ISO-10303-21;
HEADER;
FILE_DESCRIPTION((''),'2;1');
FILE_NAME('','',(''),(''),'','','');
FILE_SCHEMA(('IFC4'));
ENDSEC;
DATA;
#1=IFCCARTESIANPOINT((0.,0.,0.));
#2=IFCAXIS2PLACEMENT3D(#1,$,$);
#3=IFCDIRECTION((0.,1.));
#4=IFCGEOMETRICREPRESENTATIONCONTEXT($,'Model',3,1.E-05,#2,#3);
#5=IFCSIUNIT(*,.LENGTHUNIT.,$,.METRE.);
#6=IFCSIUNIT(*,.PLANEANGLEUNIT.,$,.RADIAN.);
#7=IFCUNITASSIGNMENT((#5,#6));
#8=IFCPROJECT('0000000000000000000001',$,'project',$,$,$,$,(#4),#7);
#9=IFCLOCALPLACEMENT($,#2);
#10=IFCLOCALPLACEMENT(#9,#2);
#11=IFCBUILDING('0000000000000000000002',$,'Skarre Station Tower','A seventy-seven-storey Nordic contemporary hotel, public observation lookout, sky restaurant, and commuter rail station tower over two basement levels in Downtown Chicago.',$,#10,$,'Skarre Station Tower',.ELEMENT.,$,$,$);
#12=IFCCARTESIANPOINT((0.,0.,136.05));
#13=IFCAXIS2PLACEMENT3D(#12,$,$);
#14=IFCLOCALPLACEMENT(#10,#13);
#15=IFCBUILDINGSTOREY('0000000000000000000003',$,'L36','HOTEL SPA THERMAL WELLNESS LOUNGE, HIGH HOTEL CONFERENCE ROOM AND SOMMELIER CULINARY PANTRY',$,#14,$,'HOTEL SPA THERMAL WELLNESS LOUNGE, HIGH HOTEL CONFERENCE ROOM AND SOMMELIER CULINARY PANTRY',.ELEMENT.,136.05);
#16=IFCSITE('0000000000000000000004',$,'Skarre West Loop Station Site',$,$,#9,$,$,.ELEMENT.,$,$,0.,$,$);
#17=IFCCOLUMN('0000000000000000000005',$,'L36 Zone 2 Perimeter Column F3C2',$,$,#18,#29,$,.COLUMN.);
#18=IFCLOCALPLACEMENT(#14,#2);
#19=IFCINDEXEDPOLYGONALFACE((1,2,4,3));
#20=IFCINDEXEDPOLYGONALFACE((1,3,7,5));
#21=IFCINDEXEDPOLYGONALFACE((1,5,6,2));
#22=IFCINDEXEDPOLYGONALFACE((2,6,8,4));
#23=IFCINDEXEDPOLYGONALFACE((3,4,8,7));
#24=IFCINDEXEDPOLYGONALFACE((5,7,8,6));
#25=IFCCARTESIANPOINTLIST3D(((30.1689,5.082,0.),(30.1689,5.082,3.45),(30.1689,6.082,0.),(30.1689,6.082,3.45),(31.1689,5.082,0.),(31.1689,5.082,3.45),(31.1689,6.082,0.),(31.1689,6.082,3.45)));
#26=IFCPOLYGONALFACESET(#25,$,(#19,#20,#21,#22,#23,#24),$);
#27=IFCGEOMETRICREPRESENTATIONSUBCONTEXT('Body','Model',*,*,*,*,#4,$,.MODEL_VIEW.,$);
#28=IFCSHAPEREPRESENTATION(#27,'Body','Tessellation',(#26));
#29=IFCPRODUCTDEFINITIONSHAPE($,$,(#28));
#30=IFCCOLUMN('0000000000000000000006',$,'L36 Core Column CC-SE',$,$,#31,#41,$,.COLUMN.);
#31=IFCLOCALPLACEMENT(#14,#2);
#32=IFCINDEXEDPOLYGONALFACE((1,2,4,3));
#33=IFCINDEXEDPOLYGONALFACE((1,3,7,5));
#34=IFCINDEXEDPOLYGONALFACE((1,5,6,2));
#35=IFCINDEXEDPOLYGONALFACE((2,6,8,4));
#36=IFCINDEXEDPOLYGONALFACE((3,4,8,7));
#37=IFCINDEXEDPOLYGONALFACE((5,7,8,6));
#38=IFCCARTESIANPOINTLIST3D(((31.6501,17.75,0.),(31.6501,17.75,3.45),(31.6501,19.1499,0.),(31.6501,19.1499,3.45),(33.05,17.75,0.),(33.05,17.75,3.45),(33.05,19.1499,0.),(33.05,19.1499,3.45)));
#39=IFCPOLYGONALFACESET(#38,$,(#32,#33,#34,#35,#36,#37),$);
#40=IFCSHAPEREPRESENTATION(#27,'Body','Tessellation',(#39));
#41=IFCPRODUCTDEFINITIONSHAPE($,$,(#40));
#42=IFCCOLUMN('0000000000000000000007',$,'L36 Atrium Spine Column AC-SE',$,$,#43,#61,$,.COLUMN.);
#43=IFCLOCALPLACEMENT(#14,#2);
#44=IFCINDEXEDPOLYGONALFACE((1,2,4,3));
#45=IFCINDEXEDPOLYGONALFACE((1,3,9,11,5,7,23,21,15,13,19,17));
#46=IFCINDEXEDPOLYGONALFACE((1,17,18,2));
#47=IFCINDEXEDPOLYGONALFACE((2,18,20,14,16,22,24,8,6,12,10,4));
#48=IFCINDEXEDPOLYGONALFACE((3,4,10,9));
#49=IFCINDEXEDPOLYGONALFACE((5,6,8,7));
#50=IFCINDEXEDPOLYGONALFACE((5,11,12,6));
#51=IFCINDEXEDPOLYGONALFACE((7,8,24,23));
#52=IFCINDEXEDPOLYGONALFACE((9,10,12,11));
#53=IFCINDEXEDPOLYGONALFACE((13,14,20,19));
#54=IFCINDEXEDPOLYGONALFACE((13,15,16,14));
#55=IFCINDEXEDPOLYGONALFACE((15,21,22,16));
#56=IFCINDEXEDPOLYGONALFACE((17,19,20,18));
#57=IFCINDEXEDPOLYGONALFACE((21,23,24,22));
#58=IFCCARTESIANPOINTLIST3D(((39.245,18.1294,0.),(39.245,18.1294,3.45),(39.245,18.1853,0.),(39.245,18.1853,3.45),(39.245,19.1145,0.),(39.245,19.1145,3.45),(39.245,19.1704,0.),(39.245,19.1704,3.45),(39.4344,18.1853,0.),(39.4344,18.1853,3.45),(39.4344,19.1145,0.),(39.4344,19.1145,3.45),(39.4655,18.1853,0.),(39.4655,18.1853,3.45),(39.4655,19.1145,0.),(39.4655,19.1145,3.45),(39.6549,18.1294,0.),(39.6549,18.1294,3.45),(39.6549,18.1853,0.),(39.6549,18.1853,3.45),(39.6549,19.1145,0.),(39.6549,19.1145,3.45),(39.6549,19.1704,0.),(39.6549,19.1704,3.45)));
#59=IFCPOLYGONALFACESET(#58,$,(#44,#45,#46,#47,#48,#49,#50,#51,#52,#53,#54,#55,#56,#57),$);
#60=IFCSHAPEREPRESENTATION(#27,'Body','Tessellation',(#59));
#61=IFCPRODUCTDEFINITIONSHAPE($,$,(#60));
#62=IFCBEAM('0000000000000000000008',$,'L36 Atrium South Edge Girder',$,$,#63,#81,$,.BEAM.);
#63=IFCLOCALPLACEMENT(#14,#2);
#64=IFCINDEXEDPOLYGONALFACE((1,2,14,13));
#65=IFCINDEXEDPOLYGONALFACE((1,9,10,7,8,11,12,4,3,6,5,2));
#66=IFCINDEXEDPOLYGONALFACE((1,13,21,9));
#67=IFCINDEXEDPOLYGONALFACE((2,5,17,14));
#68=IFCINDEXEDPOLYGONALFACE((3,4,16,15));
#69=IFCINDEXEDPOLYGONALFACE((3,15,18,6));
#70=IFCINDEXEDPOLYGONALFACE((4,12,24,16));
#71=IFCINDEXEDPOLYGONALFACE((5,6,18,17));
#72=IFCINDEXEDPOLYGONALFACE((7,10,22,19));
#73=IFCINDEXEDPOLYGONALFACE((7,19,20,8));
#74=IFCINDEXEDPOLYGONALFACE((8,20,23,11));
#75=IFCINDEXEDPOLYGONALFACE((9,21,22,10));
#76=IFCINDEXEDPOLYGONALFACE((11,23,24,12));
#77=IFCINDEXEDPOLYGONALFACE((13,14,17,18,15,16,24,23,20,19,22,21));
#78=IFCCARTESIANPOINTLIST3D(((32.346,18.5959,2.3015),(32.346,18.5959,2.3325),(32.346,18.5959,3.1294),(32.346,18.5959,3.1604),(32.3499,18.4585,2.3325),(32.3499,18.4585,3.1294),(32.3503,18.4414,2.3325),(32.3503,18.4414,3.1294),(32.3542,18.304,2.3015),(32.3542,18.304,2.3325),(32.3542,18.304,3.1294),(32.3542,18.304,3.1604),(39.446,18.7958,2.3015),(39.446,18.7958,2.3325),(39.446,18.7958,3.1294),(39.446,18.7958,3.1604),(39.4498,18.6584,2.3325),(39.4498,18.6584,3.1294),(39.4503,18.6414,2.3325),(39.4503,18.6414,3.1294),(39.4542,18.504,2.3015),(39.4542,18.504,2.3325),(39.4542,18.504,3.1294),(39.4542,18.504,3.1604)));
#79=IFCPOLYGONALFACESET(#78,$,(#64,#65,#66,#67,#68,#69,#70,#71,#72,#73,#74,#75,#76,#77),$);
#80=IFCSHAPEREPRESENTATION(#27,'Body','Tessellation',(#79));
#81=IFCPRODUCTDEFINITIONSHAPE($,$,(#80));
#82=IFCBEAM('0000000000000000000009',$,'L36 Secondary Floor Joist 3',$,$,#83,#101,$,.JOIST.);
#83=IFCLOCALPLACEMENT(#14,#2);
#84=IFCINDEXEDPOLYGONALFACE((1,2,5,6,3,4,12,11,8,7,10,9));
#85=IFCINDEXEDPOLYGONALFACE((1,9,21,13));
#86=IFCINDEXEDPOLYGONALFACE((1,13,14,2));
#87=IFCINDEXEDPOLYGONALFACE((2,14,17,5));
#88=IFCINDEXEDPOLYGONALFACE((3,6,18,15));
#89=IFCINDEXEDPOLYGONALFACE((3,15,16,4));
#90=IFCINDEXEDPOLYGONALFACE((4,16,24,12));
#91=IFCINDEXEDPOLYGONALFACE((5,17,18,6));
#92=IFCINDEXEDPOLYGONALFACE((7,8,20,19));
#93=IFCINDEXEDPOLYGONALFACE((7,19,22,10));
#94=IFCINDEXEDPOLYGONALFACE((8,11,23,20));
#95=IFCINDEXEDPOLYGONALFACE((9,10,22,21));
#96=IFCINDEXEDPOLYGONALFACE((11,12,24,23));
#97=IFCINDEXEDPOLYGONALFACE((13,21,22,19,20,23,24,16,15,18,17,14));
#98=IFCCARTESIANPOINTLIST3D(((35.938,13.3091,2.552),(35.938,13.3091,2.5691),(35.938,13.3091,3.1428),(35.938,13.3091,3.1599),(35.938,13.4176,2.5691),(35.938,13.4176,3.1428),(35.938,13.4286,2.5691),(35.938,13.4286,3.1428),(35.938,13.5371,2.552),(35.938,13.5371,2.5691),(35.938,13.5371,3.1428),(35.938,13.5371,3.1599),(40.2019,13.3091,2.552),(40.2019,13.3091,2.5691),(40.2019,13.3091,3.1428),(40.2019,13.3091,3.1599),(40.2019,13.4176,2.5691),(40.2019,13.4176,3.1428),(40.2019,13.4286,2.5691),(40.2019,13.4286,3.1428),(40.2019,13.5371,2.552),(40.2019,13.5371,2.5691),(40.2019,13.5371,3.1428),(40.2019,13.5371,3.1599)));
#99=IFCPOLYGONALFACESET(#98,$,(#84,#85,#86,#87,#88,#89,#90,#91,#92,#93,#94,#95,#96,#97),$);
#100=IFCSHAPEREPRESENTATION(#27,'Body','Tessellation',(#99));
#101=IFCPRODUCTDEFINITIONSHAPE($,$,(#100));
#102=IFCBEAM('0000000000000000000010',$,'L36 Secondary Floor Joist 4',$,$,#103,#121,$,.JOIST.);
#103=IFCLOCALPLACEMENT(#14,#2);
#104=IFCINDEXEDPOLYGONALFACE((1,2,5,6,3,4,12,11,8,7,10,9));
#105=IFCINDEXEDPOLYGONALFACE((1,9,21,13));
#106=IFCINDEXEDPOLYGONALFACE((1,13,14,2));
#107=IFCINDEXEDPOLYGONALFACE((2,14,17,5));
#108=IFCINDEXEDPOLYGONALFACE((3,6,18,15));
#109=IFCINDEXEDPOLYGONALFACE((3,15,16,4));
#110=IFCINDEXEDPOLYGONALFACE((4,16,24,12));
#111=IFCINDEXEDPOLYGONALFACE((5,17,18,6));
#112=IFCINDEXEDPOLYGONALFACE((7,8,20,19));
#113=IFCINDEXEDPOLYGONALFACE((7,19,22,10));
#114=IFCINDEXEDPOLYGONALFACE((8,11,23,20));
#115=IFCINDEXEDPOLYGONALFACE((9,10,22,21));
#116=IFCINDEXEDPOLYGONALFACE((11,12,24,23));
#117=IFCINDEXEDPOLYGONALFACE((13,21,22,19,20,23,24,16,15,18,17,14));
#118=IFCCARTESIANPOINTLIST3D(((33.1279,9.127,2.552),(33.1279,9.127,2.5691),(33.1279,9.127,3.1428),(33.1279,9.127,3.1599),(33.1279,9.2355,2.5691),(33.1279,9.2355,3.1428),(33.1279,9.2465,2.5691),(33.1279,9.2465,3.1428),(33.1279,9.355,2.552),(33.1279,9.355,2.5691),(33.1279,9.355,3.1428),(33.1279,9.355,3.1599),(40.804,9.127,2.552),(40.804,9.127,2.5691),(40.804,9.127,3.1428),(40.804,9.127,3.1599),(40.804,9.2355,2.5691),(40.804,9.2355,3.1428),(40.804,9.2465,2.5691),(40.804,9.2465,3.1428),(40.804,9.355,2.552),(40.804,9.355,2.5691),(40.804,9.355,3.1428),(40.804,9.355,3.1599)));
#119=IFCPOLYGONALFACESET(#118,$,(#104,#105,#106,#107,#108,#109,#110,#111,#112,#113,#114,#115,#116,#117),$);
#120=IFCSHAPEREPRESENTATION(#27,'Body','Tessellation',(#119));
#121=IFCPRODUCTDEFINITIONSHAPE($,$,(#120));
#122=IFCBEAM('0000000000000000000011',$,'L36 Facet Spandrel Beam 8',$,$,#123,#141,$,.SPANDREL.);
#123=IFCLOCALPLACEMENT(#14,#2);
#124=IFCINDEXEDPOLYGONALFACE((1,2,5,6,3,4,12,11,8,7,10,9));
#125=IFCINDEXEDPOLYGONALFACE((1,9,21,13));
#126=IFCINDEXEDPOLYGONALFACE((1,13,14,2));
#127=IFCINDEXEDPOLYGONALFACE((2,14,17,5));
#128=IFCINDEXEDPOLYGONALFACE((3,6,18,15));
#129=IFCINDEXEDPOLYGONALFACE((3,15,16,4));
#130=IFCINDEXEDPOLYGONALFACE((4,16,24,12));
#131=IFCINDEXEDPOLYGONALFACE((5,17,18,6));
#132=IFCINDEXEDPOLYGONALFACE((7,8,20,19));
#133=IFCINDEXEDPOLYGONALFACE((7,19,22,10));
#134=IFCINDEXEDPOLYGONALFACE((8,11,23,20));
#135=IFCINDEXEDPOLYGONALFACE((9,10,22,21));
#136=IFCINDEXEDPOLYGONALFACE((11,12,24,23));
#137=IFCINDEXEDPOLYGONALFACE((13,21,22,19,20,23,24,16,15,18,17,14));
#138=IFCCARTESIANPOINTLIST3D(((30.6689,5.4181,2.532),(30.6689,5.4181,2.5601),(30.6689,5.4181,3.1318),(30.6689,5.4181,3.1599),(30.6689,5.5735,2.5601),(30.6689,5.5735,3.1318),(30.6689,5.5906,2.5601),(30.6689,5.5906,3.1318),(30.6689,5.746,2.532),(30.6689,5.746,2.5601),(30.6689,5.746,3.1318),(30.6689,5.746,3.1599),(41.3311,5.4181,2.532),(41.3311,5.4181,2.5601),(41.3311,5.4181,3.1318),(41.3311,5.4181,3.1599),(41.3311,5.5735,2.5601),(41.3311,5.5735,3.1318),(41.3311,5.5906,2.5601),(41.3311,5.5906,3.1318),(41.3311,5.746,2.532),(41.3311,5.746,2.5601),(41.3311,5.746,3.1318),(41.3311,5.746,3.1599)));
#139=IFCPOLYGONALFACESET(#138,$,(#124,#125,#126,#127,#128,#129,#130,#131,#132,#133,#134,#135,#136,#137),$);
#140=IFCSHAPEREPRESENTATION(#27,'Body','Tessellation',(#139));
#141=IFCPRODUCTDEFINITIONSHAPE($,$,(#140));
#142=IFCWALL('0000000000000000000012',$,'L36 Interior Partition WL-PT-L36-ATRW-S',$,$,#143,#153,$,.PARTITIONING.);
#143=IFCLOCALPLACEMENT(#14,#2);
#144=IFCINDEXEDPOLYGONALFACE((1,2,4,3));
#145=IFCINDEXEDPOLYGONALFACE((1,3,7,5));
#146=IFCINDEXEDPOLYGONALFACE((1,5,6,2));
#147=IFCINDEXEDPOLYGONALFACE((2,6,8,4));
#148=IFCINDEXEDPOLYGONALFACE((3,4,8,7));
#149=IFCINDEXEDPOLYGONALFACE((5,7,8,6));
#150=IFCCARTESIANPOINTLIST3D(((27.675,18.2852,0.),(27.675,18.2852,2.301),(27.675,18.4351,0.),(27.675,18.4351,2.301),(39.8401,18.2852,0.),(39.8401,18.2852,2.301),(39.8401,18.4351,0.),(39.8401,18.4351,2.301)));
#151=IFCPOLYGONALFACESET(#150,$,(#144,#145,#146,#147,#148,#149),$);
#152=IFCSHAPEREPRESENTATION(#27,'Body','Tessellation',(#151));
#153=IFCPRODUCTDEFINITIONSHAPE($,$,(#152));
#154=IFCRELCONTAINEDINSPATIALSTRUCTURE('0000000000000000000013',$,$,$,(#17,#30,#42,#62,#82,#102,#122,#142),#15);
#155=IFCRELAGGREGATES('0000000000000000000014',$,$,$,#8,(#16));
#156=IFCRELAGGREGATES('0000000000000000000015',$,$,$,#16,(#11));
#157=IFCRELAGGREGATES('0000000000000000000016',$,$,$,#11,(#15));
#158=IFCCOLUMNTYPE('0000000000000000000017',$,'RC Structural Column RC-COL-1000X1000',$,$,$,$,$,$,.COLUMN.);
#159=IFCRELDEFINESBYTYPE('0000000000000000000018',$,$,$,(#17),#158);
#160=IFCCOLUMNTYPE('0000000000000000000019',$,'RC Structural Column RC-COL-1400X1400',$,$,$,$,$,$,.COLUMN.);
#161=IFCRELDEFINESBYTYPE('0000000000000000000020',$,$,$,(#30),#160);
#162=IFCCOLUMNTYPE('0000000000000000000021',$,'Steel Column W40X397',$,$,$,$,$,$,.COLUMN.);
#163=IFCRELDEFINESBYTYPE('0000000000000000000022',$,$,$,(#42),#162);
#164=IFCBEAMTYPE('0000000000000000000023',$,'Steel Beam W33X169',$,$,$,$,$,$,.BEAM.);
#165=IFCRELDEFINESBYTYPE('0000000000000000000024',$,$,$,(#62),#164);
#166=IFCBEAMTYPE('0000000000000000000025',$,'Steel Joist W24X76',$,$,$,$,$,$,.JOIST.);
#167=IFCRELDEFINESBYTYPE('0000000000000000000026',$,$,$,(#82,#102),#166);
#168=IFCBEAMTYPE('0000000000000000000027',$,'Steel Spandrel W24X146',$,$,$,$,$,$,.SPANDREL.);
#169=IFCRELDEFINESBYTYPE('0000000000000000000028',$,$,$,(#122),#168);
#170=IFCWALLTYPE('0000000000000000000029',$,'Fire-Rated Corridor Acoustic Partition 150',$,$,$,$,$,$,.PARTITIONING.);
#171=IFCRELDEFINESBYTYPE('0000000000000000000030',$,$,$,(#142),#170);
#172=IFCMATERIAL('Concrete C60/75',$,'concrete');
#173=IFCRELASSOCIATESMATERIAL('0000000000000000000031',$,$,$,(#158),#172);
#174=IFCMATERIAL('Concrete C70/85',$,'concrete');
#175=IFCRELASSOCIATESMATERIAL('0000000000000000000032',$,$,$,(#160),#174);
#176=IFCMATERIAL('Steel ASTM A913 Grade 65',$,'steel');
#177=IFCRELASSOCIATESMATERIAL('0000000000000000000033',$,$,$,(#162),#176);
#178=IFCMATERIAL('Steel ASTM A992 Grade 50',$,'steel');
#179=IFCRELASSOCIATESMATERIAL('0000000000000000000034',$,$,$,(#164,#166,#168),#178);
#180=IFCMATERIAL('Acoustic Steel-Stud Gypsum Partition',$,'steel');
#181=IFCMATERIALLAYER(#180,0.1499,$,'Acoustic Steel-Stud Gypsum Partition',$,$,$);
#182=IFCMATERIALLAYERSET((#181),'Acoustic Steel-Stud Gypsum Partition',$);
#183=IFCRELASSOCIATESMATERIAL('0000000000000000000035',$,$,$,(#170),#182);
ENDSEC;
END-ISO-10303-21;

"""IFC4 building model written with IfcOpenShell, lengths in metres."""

from ifc_helpers import new_model, si_unit, direction, frame, frame_2d, origin, origin_2d, place, context, subcontext, project, spatial, rectangle, i_section, extrude, material, layer, layer_set, material_profile, profile_set, type_object, element, save


model = new_model("IFC4")

# Units and contexts
model_context = context("Model", 3, precision=1e-05, world=origin(), true_north=direction((0.0, 1.0)))
body_context = subcontext(model_context, "Body", "Model", "MODEL_VIEW")
ifc_project = project(units=[si_unit("LENGTHUNIT", "METRE"), si_unit("PLANEANGLEUNIT", "RADIAN")], contexts=[model_context])

# Site, building, storey
site_placement = place(None, origin())
site = spatial("IfcSite", under=ifc_project, at=site_placement, Name="Skarre West Loop Station Site", CompositionType="ELEMENT", RefElevation=0.0)
building_placement = place(site_placement, origin())
building = spatial("IfcBuilding", under=site, at=building_placement, Name="Skarre Station Tower", Description="A seventy-seven-storey Nordic contemporary hotel, public observation lookout, sky restaurant, and commuter rail station tower over two basement levels in Downtown Chicago.", LongName="Skarre Station Tower", CompositionType="ELEMENT")
storey_placement = place(building_placement, frame((0.0, 0.0, 136.05)))
storey = spatial("IfcBuildingStorey", under=building, at=storey_placement, Name="L36", Description="HOTEL SPA THERMAL WELLNESS LOUNGE, HIGH HOTEL CONFERENCE ROOM AND SOMMELIER CULINARY PANTRY", LongName="HOTEL SPA THERMAL WELLNESS LOUNGE, HIGH HOTEL CONFERENCE ROOM AND SOMMELIER CULINARY PANTRY", CompositionType="ELEMENT", Elevation=136.05)

# Columns
ifc_material_1 = material(Name="Concrete C60/75", Category="concrete")
ifc_material_profile_1 = material_profile(ifc_material_1, rectangle(XDim=1.0, YDim=1.0, at=origin_2d()), Name="Concrete C60/75")
ifc_profile_set_1 = profile_set([ifc_material_profile_1], Name="Concrete C60/75")
column_type_1 = type_object("IfcColumnType", Name="RC Structural Column RC-COL-1000X1000", PredefinedType="COLUMN", material=ifc_profile_set_1)
column_1_placement = place(storey_placement, frame((30.6689, 5.582, 0.0), z_axis=(0.0, 0.0, 1.0), x_axis=(1.0, 0.0, 0.0)))
element("IfcColumn", 1, at=column_1_placement, inside=storey, type_object=column_type_1, Name="L36 Zone 2 Perimeter Column F3C2", PredefinedType="COLUMN", context=body_context, shape_type="SweptSolid", body=[
    extrude(rectangle(XDim=1.0, YDim=1.0, at=origin_2d()), origin(), (0.0, 0.0, 1.0), 3.45),
])
ifc_material_2 = material(Name="Concrete C70/85", Category="concrete")
ifc_material_profile_2 = material_profile(ifc_material_2, rectangle(XDim=1.3999, YDim=1.3999, at=origin_2d()), Name="Concrete C70/85")
ifc_profile_set_2 = profile_set([ifc_material_profile_2], Name="Concrete C70/85")
column_type_2 = type_object("IfcColumnType", Name="RC Structural Column RC-COL-1400X1400", PredefinedType="COLUMN", material=ifc_profile_set_2)
column_2_placement = place(storey_placement, frame((32.3501, 18.45, 0.0), z_axis=(0.0, 0.0, 1.0), x_axis=(1.0, 0.0, 0.0)))
element("IfcColumn", 2, at=column_2_placement, inside=storey, type_object=column_type_2, Name="L36 Core Column CC-SE", PredefinedType="COLUMN", context=body_context, shape_type="SweptSolid", body=[
    extrude(rectangle(XDim=1.3999, YDim=1.3999, at=origin_2d()), origin(), (0.0, 0.0, 1.0), 3.45),
])
ifc_material_3 = material(Name="Steel ASTM A913 Grade 65", Category="steel")
ifc_material_profile_3 = material_profile(ifc_material_3, i_section(OverallWidth=0.4099, OverallDepth=1.041, WebThickness=0.031, FlangeThickness=0.0559, at=origin_2d()), Name="Steel ASTM A913 Grade 65")
ifc_profile_set_3 = profile_set([ifc_material_profile_3], Name="Steel ASTM A913 Grade 65")
column_type_3 = type_object("IfcColumnType", Name="Steel Column W40X397", PredefinedType="COLUMN", material=ifc_profile_set_3)
column_3_placement = place(storey_placement, frame((39.45, 18.6499, 0.0), z_axis=(0.0, 0.0, 1.0), x_axis=(1.0, 0.0, 0.0)))
element("IfcColumn", 3, at=column_3_placement, inside=storey, type_object=column_type_3, Name="L36 Atrium Spine Column AC-SE", PredefinedType="COLUMN", context=body_context, shape_type="SweptSolid", body=[
    extrude(i_section(OverallWidth=0.4099, OverallDepth=1.041, WebThickness=0.031, FlangeThickness=0.0559, at=origin_2d()), origin(), (0.0, 0.0, 1.0), 3.45),
])

# Beams
ifc_material_4 = material(Name="Steel ASTM A992 Grade 50", Category="steel")
ifc_material_profile_4 = material_profile(ifc_material_4, i_section(OverallWidth=0.292, OverallDepth=0.8589, WebThickness=0.0171, FlangeThickness=0.031, at=origin_2d()), Name="Steel ASTM A992 Grade 50")
ifc_profile_set_4 = profile_set([ifc_material_profile_4], Name="Steel ASTM A992 Grade 50")
beam_type_1 = type_object("IfcBeamType", Name="Steel Beam W33X169", PredefinedType="BEAM", material=ifc_profile_set_4)
beam_1_placement = place(storey_placement, frame((32.3501, 18.45, 2.731), z_axis=(0.999604, 0.028152, 0.0), x_axis=(-0.028152, 0.999604, 0.0)))
element("IfcBeam", 4, at=beam_1_placement, inside=storey, type_object=beam_type_1, Name="L36 Atrium South Edge Girder", PredefinedType="BEAM", context=body_context, shape_type="SweptSolid", body=[
    extrude(i_section(OverallWidth=0.292, OverallDepth=0.8589, WebThickness=0.0171, FlangeThickness=0.031, at=origin_2d()), origin(), (0.0, 0.0, 1.0), 7.1028),
])
ifc_material_profile_5 = material_profile(ifc_material_4, i_section(OverallWidth=0.228, OverallDepth=0.6079, WebThickness=0.011, FlangeThickness=0.0171, at=origin_2d()), Name="Steel ASTM A992 Grade 50")
ifc_profile_set_5 = profile_set([ifc_material_profile_5], Name="Steel ASTM A992 Grade 50")
beam_type_2 = type_object("IfcBeamType", Name="Steel Joist W24X76", PredefinedType="JOIST", material=ifc_profile_set_5)
beam_2_placement = place(storey_placement, frame((35.938, 13.4231, 2.856), z_axis=(1.0, 0.0, 0.0), x_axis=(0.0, 1.0, 0.0)))
element("IfcBeam", 5, at=beam_2_placement, inside=storey, type_object=beam_type_2, Name="L36 Secondary Floor Joist 3", PredefinedType="JOIST", context=body_context, shape_type="SweptSolid", body=[
    extrude(i_section(OverallWidth=0.228, OverallDepth=0.6079, WebThickness=0.011, FlangeThickness=0.0171, at=origin_2d()), origin(), (0.0, 0.0, 1.0), 4.2639),
])
beam_3_placement = place(storey_placement, frame((33.1279, 9.241, 2.856), z_axis=(1.0, 0.0, 0.0), x_axis=(0.0, 1.0, 0.0)))
element("IfcBeam", 6, at=beam_3_placement, inside=storey, type_object=beam_type_2, Name="L36 Secondary Floor Joist 4", PredefinedType="JOIST", context=body_context, shape_type="SweptSolid", body=[
    extrude(i_section(OverallWidth=0.228, OverallDepth=0.6079, WebThickness=0.011, FlangeThickness=0.0171, at=origin_2d()), origin(), (0.0, 0.0, 1.0), 7.676),
])
ifc_material_profile_6 = material_profile(ifc_material_4, i_section(OverallWidth=0.3279, OverallDepth=0.6279, WebThickness=0.0171, FlangeThickness=0.0281, at=origin_2d()), Name="Steel ASTM A992 Grade 50")
ifc_profile_set_6 = profile_set([ifc_material_profile_6], Name="Steel ASTM A992 Grade 50")
beam_type_3 = type_object("IfcBeamType", Name="Steel Spandrel W24X146", PredefinedType="SPANDREL", material=ifc_profile_set_6)
beam_4_placement = place(storey_placement, frame((30.6689, 5.582, 2.8459), z_axis=(1.0, 0.0, 0.0), x_axis=(0.0, 1.0, 0.0)))
element("IfcBeam", 7, at=beam_4_placement, inside=storey, type_object=beam_type_3, Name="L36 Facet Spandrel Beam 8", PredefinedType="SPANDREL", context=body_context, shape_type="SweptSolid", body=[
    extrude(i_section(OverallWidth=0.3279, OverallDepth=0.6279, WebThickness=0.0171, FlangeThickness=0.0281, at=origin_2d()), origin(), (0.0, 0.0, 1.0), 10.6621),
])

# Wall
ifc_material_5 = material(Name="Acoustic Steel-Stud Gypsum Partition", Category="steel")
ifc_layer_1 = layer(ifc_material_5, 0.1499, Name="Acoustic Steel-Stud Gypsum Partition")
ifc_layer_set_1 = layer_set([ifc_layer_1], Name="Acoustic Steel-Stud Gypsum Partition")
wall_type_1 = type_object("IfcWallType", Name="Fire-Rated Corridor Acoustic Partition 150", PredefinedType="PARTITIONING", material=ifc_layer_set_1)
wall_1_placement = place(storey_placement, frame((27.675, 18.3601, 0.0), z_axis=(0.0, 0.0, 1.0), x_axis=(1.0, 0.0, 0.0)))
element("IfcWall", 8, at=wall_1_placement, inside=storey, type_object=wall_type_1, Name="L36 Interior Partition WL-PT-L36-ATRW-S", PredefinedType="PARTITIONING", context=body_context, shape_type="SweptSolid", body=[
    extrude(rectangle(XDim=12.165, YDim=0.1499, at=frame_2d((6.0825, 0.0))), origin(), (0.0, 0.0, 1.0), 2.301),
])

save(model, "model.ifc")
